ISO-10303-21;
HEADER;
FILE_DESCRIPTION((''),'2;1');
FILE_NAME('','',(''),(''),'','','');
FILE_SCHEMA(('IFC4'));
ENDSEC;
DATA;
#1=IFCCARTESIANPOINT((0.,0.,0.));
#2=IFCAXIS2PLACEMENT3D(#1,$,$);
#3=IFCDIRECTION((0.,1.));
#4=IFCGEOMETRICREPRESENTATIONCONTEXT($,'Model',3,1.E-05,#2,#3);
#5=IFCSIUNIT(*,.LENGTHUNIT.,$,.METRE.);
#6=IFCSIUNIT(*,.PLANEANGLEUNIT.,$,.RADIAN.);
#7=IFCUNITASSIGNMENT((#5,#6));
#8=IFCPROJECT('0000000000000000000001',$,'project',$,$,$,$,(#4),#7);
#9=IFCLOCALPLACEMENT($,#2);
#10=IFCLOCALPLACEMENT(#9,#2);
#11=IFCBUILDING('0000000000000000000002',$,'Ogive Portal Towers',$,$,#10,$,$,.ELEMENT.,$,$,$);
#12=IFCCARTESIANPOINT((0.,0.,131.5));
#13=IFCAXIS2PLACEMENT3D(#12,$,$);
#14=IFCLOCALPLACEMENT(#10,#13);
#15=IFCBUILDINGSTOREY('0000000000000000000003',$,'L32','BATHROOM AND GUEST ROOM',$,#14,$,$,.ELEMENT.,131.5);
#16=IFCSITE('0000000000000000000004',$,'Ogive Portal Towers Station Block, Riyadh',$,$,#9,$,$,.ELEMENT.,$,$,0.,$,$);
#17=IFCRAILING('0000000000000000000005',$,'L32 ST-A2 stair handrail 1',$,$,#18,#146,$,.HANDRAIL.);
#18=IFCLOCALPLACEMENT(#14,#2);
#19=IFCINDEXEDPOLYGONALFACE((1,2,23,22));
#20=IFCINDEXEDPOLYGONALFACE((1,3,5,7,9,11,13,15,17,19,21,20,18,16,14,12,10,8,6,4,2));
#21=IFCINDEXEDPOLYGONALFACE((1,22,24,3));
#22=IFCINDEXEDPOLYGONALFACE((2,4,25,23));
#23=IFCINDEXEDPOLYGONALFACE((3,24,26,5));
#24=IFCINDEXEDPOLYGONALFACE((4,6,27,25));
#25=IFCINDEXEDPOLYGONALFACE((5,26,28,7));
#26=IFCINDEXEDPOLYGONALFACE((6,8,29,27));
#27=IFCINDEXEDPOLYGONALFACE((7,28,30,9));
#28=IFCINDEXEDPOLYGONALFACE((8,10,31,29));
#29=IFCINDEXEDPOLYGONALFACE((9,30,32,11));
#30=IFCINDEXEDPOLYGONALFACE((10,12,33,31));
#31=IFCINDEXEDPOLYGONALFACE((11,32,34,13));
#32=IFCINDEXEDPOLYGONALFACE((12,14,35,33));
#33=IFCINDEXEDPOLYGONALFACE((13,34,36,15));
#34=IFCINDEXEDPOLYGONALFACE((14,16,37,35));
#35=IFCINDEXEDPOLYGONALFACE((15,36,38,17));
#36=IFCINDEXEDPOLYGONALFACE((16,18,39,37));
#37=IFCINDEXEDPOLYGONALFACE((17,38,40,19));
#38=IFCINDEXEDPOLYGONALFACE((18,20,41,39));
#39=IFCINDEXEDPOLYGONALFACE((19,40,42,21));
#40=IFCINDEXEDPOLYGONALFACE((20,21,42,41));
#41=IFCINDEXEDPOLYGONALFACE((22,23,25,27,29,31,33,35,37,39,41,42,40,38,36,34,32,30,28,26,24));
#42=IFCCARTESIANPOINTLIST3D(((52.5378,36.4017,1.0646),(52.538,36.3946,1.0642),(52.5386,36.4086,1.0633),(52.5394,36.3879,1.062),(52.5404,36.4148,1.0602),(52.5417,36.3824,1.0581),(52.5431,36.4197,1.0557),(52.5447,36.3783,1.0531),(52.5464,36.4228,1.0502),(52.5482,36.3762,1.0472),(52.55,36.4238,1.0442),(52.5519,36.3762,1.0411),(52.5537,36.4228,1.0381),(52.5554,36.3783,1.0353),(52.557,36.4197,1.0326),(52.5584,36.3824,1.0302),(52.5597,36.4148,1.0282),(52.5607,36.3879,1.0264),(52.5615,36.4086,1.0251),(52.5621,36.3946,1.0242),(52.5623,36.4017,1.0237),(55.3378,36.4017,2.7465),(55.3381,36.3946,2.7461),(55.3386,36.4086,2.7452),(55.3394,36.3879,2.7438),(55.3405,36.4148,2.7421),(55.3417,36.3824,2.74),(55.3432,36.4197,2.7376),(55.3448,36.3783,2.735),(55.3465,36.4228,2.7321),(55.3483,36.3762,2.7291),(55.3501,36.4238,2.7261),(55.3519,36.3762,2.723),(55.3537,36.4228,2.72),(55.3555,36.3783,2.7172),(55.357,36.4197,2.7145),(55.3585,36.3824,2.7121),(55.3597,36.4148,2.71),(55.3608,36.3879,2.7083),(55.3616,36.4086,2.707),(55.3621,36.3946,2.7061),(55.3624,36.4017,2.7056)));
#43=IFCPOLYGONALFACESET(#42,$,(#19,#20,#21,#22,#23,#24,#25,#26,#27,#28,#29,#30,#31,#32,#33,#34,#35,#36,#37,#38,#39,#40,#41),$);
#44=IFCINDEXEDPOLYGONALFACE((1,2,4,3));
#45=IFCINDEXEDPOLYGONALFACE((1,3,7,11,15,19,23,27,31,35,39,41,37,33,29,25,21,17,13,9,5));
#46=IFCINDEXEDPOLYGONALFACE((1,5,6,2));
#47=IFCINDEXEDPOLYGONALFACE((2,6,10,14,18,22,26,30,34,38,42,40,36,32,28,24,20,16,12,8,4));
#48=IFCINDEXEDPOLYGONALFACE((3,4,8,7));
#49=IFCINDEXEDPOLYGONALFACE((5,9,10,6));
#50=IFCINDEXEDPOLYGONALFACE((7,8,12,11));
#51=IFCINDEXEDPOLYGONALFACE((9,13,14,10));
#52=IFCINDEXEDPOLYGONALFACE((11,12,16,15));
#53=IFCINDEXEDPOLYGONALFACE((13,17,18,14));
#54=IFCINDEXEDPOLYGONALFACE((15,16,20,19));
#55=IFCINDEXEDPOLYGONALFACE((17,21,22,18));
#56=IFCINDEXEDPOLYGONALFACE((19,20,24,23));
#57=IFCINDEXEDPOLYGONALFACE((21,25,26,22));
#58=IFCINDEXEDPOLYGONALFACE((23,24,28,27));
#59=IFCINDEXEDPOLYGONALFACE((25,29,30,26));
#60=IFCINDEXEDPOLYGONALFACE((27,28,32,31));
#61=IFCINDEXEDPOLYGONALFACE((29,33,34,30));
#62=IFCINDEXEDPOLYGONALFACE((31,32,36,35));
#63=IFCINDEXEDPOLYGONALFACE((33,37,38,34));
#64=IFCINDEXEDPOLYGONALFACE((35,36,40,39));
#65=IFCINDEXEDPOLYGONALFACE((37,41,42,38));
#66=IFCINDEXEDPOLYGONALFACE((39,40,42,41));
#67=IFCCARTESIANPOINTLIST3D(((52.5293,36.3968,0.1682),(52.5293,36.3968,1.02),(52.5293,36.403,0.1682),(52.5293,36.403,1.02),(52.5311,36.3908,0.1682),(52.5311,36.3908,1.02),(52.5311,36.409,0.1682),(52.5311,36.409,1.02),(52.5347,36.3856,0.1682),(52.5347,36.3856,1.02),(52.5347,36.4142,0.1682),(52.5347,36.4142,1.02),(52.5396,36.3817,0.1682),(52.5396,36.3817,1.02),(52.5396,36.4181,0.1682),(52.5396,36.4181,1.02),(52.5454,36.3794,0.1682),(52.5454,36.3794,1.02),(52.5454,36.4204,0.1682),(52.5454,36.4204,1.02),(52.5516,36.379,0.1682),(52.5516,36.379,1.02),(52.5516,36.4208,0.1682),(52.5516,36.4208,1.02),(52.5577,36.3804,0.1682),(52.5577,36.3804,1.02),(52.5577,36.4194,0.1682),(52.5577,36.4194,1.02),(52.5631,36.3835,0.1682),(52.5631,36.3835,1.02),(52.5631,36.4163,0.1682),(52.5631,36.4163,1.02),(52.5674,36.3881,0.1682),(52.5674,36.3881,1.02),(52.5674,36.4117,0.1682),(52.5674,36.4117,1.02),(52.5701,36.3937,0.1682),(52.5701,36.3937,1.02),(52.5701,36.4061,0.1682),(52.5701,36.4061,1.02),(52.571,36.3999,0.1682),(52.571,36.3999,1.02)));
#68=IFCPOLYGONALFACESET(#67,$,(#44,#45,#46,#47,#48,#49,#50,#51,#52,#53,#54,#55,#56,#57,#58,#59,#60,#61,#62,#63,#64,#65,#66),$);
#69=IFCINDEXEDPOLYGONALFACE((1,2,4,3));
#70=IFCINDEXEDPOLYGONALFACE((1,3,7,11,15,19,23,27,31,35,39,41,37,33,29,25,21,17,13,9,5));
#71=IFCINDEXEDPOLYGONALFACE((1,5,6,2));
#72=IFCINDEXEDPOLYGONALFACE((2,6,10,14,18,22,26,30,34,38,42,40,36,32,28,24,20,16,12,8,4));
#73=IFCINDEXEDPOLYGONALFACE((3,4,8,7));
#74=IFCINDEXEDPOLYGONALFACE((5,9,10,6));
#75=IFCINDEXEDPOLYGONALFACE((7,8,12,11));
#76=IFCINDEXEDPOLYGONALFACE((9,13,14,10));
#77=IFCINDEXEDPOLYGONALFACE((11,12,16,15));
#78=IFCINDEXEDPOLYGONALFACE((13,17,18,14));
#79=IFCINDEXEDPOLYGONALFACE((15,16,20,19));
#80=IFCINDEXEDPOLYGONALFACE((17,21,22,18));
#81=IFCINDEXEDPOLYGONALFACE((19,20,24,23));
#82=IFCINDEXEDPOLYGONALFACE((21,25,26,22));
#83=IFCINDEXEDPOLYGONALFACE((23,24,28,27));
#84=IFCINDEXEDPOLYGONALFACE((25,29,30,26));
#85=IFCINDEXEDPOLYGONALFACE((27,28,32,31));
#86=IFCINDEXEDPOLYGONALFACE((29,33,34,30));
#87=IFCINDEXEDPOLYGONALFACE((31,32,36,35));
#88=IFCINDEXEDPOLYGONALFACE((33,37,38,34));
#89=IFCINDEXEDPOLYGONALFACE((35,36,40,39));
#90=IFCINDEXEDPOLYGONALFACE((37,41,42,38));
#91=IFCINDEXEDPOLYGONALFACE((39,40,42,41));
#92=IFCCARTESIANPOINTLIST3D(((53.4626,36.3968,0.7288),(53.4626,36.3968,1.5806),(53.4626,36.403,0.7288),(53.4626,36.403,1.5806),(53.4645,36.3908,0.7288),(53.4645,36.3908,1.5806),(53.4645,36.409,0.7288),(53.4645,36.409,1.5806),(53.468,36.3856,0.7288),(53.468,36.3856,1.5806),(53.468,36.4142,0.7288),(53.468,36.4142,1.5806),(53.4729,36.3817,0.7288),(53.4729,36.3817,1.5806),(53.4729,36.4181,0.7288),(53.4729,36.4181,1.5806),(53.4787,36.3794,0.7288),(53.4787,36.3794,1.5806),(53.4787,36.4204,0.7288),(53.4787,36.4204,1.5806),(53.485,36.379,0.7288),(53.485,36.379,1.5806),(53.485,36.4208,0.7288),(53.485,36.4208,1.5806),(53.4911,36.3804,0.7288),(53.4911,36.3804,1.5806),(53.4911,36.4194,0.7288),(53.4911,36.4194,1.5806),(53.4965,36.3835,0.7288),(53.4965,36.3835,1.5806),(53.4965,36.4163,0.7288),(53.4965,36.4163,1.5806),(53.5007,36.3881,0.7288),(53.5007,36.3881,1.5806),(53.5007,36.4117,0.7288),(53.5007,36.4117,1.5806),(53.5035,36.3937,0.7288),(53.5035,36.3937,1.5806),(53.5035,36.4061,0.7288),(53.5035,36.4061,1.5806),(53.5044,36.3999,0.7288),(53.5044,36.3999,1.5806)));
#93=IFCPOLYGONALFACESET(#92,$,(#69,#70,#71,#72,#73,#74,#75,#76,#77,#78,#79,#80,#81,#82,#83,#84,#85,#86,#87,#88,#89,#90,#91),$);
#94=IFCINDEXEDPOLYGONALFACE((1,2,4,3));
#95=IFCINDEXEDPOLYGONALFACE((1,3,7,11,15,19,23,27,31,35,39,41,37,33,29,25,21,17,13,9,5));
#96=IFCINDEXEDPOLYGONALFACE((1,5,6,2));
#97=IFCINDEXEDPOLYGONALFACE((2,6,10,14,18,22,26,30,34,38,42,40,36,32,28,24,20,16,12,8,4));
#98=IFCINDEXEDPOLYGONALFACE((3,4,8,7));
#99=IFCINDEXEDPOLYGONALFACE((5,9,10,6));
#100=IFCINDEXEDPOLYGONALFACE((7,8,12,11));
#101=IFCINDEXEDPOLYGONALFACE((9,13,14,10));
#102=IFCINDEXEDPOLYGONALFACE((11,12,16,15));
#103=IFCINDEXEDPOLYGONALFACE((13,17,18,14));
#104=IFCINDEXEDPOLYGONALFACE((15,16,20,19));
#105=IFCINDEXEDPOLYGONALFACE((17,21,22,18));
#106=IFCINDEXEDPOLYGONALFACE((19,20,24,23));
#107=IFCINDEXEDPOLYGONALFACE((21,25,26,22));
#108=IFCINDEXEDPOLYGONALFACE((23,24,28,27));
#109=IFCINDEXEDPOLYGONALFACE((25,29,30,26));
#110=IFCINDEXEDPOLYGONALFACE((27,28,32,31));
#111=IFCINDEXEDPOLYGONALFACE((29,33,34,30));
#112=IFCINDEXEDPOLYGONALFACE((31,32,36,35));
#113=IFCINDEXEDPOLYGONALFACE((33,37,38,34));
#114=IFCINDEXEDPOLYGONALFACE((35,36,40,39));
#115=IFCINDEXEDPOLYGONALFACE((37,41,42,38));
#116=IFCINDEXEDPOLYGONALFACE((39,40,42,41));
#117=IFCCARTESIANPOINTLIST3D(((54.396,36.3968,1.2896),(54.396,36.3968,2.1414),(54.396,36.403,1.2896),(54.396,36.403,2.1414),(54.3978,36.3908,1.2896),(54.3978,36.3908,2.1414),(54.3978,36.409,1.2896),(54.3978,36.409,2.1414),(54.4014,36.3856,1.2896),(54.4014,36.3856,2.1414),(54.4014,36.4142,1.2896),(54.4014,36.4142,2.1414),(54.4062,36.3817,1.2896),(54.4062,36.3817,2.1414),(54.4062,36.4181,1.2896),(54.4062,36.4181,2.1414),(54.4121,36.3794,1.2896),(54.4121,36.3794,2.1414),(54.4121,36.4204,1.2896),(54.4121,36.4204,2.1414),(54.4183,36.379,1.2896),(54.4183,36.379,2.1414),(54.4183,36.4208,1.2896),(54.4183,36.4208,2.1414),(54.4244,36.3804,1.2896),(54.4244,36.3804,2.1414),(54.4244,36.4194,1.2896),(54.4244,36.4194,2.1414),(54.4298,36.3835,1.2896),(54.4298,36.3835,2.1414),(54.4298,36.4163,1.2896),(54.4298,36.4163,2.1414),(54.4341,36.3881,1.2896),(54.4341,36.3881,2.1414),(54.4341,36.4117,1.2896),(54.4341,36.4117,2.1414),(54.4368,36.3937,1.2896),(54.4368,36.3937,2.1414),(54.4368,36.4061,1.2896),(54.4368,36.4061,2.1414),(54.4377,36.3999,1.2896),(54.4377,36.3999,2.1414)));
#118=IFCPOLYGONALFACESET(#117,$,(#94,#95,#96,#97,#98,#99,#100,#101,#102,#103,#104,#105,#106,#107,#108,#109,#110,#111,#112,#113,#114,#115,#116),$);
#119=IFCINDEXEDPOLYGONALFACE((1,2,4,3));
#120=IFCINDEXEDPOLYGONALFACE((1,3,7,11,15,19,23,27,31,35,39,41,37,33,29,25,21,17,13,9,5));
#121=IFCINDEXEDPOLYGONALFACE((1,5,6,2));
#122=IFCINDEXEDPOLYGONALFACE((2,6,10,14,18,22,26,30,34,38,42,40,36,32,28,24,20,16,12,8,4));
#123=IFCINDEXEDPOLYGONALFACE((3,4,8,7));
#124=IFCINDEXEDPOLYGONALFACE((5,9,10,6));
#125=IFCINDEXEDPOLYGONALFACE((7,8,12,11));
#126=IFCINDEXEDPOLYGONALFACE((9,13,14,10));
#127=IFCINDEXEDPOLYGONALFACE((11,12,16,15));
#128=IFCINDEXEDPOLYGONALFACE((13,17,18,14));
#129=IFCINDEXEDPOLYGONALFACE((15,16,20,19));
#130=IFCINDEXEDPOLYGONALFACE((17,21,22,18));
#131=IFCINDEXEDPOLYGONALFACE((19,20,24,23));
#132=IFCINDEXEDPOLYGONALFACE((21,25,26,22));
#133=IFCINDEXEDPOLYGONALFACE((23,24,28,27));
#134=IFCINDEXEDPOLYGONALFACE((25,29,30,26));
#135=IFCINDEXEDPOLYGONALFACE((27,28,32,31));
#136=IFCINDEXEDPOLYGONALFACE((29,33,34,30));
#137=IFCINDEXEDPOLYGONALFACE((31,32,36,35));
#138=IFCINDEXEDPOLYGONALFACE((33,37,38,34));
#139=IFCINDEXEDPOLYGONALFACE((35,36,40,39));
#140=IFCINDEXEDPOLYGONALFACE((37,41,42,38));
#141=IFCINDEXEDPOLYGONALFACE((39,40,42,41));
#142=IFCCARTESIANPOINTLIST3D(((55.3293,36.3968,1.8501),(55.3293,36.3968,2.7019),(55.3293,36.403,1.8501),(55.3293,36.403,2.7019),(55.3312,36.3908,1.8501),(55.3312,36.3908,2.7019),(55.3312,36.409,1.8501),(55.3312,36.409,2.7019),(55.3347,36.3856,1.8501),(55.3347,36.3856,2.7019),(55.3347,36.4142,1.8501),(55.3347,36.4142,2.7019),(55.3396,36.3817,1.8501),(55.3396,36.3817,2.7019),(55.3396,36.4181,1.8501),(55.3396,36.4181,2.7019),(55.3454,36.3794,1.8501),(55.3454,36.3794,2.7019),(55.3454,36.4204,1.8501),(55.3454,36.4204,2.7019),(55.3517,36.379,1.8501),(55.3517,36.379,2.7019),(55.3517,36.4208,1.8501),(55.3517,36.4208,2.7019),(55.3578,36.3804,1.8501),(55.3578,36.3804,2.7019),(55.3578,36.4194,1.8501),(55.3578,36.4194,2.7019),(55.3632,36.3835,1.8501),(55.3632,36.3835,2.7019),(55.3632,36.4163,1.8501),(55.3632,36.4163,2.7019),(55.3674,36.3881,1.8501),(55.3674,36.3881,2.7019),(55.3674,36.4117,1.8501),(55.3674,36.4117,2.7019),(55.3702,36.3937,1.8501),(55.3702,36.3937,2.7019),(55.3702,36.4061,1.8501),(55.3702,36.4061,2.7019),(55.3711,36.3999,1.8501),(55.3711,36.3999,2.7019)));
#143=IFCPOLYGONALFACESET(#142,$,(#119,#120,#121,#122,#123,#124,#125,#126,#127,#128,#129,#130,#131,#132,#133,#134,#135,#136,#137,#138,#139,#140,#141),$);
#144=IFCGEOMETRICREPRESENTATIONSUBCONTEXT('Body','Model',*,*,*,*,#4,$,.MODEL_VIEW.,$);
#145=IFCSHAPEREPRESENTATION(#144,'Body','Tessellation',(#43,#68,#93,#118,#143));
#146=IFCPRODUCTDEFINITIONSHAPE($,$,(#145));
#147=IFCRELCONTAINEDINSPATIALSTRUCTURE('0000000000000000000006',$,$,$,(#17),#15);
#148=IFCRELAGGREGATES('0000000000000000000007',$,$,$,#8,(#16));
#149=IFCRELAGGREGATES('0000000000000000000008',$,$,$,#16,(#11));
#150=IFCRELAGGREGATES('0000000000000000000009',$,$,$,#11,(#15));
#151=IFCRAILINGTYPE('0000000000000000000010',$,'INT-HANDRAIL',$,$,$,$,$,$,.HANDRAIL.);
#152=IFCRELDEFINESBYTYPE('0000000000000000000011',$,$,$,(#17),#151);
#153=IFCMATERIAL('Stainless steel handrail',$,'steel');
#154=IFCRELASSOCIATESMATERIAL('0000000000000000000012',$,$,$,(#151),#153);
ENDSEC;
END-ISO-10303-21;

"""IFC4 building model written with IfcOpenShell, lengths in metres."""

from ifc_helpers import new_model, si_unit, direction, frame, origin, origin_2d, place, context, subcontext, project, spatial, circle, extrude, material, type_object, element, save


model = new_model("IFC4")

# Units and contexts
model_context = context("Model", 3, precision=1e-05, world=origin(), true_north=direction((0.0, 1.0)))
body_context = subcontext(model_context, "Body", "Model", "MODEL_VIEW")
ifc_project = project(units=[si_unit("LENGTHUNIT", "METRE"), si_unit("PLANEANGLEUNIT", "RADIAN")], contexts=[model_context])

# Site, building, storey
site_placement = place(None, origin())
site = spatial("IfcSite", under=ifc_project, at=site_placement, Name="Ogive Portal Towers Station Block, Riyadh", CompositionType="ELEMENT", RefElevation=0.0)
building_placement = place(site_placement, origin())
building = spatial("IfcBuilding", under=site, at=building_placement, Name="Ogive Portal Towers", CompositionType="ELEMENT")
storey_placement = place(building_placement, frame((0.0, 0.0, 131.5)))
storey = spatial("IfcBuildingStorey", under=building, at=storey_placement, Name="L32", Description="BATHROOM AND GUEST ROOM", CompositionType="ELEMENT", Elevation=131.5)

# Railing
ifc_material_1 = material(Name="Stainless steel handrail", Category="steel")
railing_type_1 = type_object("IfcRailingType", Name="INT-HANDRAIL", PredefinedType="HANDRAIL", material=ifc_material_1)
railing_1_placement = place(storey_placement, frame((52.55, 36.3999, 0.1682)))
element("IfcRailing", 1, at=railing_1_placement, inside=storey, type_object=railing_type_1, Name="L32 ST-A2 stair handrail 1", PredefinedType="HANDRAIL", context=body_context, shape_type="SweptSolid", body=[
    extrude(circle(Radius=0.0239, at=origin_2d()), frame((0.0, 0.0, 0.876), z_axis=(0.857242, 0.0, 0.514913), x_axis=(0.0, 1.0, 0.0)), (0.0, 0.0, 1.0), 3.2664),
    extrude(circle(Radius=0.021, at=origin_2d()), origin(), (0.0, 0.0, 1.0), 0.8518),
    extrude(circle(Radius=0.021, at=origin_2d()), frame((0.9333, 0.0, 0.5605)), (0.0, 0.0, 1.0), 0.8518),
    extrude(circle(Radius=0.021, at=origin_2d()), frame((1.8667, 0.0, 1.1213)), (0.0, 0.0, 1.0), 0.8518),
    extrude(circle(Radius=0.021, at=origin_2d()), frame((2.8, 0.0, 1.6819)), (0.0, 0.0, 1.0), 0.8518),
])

save(model, "model.ifc")
